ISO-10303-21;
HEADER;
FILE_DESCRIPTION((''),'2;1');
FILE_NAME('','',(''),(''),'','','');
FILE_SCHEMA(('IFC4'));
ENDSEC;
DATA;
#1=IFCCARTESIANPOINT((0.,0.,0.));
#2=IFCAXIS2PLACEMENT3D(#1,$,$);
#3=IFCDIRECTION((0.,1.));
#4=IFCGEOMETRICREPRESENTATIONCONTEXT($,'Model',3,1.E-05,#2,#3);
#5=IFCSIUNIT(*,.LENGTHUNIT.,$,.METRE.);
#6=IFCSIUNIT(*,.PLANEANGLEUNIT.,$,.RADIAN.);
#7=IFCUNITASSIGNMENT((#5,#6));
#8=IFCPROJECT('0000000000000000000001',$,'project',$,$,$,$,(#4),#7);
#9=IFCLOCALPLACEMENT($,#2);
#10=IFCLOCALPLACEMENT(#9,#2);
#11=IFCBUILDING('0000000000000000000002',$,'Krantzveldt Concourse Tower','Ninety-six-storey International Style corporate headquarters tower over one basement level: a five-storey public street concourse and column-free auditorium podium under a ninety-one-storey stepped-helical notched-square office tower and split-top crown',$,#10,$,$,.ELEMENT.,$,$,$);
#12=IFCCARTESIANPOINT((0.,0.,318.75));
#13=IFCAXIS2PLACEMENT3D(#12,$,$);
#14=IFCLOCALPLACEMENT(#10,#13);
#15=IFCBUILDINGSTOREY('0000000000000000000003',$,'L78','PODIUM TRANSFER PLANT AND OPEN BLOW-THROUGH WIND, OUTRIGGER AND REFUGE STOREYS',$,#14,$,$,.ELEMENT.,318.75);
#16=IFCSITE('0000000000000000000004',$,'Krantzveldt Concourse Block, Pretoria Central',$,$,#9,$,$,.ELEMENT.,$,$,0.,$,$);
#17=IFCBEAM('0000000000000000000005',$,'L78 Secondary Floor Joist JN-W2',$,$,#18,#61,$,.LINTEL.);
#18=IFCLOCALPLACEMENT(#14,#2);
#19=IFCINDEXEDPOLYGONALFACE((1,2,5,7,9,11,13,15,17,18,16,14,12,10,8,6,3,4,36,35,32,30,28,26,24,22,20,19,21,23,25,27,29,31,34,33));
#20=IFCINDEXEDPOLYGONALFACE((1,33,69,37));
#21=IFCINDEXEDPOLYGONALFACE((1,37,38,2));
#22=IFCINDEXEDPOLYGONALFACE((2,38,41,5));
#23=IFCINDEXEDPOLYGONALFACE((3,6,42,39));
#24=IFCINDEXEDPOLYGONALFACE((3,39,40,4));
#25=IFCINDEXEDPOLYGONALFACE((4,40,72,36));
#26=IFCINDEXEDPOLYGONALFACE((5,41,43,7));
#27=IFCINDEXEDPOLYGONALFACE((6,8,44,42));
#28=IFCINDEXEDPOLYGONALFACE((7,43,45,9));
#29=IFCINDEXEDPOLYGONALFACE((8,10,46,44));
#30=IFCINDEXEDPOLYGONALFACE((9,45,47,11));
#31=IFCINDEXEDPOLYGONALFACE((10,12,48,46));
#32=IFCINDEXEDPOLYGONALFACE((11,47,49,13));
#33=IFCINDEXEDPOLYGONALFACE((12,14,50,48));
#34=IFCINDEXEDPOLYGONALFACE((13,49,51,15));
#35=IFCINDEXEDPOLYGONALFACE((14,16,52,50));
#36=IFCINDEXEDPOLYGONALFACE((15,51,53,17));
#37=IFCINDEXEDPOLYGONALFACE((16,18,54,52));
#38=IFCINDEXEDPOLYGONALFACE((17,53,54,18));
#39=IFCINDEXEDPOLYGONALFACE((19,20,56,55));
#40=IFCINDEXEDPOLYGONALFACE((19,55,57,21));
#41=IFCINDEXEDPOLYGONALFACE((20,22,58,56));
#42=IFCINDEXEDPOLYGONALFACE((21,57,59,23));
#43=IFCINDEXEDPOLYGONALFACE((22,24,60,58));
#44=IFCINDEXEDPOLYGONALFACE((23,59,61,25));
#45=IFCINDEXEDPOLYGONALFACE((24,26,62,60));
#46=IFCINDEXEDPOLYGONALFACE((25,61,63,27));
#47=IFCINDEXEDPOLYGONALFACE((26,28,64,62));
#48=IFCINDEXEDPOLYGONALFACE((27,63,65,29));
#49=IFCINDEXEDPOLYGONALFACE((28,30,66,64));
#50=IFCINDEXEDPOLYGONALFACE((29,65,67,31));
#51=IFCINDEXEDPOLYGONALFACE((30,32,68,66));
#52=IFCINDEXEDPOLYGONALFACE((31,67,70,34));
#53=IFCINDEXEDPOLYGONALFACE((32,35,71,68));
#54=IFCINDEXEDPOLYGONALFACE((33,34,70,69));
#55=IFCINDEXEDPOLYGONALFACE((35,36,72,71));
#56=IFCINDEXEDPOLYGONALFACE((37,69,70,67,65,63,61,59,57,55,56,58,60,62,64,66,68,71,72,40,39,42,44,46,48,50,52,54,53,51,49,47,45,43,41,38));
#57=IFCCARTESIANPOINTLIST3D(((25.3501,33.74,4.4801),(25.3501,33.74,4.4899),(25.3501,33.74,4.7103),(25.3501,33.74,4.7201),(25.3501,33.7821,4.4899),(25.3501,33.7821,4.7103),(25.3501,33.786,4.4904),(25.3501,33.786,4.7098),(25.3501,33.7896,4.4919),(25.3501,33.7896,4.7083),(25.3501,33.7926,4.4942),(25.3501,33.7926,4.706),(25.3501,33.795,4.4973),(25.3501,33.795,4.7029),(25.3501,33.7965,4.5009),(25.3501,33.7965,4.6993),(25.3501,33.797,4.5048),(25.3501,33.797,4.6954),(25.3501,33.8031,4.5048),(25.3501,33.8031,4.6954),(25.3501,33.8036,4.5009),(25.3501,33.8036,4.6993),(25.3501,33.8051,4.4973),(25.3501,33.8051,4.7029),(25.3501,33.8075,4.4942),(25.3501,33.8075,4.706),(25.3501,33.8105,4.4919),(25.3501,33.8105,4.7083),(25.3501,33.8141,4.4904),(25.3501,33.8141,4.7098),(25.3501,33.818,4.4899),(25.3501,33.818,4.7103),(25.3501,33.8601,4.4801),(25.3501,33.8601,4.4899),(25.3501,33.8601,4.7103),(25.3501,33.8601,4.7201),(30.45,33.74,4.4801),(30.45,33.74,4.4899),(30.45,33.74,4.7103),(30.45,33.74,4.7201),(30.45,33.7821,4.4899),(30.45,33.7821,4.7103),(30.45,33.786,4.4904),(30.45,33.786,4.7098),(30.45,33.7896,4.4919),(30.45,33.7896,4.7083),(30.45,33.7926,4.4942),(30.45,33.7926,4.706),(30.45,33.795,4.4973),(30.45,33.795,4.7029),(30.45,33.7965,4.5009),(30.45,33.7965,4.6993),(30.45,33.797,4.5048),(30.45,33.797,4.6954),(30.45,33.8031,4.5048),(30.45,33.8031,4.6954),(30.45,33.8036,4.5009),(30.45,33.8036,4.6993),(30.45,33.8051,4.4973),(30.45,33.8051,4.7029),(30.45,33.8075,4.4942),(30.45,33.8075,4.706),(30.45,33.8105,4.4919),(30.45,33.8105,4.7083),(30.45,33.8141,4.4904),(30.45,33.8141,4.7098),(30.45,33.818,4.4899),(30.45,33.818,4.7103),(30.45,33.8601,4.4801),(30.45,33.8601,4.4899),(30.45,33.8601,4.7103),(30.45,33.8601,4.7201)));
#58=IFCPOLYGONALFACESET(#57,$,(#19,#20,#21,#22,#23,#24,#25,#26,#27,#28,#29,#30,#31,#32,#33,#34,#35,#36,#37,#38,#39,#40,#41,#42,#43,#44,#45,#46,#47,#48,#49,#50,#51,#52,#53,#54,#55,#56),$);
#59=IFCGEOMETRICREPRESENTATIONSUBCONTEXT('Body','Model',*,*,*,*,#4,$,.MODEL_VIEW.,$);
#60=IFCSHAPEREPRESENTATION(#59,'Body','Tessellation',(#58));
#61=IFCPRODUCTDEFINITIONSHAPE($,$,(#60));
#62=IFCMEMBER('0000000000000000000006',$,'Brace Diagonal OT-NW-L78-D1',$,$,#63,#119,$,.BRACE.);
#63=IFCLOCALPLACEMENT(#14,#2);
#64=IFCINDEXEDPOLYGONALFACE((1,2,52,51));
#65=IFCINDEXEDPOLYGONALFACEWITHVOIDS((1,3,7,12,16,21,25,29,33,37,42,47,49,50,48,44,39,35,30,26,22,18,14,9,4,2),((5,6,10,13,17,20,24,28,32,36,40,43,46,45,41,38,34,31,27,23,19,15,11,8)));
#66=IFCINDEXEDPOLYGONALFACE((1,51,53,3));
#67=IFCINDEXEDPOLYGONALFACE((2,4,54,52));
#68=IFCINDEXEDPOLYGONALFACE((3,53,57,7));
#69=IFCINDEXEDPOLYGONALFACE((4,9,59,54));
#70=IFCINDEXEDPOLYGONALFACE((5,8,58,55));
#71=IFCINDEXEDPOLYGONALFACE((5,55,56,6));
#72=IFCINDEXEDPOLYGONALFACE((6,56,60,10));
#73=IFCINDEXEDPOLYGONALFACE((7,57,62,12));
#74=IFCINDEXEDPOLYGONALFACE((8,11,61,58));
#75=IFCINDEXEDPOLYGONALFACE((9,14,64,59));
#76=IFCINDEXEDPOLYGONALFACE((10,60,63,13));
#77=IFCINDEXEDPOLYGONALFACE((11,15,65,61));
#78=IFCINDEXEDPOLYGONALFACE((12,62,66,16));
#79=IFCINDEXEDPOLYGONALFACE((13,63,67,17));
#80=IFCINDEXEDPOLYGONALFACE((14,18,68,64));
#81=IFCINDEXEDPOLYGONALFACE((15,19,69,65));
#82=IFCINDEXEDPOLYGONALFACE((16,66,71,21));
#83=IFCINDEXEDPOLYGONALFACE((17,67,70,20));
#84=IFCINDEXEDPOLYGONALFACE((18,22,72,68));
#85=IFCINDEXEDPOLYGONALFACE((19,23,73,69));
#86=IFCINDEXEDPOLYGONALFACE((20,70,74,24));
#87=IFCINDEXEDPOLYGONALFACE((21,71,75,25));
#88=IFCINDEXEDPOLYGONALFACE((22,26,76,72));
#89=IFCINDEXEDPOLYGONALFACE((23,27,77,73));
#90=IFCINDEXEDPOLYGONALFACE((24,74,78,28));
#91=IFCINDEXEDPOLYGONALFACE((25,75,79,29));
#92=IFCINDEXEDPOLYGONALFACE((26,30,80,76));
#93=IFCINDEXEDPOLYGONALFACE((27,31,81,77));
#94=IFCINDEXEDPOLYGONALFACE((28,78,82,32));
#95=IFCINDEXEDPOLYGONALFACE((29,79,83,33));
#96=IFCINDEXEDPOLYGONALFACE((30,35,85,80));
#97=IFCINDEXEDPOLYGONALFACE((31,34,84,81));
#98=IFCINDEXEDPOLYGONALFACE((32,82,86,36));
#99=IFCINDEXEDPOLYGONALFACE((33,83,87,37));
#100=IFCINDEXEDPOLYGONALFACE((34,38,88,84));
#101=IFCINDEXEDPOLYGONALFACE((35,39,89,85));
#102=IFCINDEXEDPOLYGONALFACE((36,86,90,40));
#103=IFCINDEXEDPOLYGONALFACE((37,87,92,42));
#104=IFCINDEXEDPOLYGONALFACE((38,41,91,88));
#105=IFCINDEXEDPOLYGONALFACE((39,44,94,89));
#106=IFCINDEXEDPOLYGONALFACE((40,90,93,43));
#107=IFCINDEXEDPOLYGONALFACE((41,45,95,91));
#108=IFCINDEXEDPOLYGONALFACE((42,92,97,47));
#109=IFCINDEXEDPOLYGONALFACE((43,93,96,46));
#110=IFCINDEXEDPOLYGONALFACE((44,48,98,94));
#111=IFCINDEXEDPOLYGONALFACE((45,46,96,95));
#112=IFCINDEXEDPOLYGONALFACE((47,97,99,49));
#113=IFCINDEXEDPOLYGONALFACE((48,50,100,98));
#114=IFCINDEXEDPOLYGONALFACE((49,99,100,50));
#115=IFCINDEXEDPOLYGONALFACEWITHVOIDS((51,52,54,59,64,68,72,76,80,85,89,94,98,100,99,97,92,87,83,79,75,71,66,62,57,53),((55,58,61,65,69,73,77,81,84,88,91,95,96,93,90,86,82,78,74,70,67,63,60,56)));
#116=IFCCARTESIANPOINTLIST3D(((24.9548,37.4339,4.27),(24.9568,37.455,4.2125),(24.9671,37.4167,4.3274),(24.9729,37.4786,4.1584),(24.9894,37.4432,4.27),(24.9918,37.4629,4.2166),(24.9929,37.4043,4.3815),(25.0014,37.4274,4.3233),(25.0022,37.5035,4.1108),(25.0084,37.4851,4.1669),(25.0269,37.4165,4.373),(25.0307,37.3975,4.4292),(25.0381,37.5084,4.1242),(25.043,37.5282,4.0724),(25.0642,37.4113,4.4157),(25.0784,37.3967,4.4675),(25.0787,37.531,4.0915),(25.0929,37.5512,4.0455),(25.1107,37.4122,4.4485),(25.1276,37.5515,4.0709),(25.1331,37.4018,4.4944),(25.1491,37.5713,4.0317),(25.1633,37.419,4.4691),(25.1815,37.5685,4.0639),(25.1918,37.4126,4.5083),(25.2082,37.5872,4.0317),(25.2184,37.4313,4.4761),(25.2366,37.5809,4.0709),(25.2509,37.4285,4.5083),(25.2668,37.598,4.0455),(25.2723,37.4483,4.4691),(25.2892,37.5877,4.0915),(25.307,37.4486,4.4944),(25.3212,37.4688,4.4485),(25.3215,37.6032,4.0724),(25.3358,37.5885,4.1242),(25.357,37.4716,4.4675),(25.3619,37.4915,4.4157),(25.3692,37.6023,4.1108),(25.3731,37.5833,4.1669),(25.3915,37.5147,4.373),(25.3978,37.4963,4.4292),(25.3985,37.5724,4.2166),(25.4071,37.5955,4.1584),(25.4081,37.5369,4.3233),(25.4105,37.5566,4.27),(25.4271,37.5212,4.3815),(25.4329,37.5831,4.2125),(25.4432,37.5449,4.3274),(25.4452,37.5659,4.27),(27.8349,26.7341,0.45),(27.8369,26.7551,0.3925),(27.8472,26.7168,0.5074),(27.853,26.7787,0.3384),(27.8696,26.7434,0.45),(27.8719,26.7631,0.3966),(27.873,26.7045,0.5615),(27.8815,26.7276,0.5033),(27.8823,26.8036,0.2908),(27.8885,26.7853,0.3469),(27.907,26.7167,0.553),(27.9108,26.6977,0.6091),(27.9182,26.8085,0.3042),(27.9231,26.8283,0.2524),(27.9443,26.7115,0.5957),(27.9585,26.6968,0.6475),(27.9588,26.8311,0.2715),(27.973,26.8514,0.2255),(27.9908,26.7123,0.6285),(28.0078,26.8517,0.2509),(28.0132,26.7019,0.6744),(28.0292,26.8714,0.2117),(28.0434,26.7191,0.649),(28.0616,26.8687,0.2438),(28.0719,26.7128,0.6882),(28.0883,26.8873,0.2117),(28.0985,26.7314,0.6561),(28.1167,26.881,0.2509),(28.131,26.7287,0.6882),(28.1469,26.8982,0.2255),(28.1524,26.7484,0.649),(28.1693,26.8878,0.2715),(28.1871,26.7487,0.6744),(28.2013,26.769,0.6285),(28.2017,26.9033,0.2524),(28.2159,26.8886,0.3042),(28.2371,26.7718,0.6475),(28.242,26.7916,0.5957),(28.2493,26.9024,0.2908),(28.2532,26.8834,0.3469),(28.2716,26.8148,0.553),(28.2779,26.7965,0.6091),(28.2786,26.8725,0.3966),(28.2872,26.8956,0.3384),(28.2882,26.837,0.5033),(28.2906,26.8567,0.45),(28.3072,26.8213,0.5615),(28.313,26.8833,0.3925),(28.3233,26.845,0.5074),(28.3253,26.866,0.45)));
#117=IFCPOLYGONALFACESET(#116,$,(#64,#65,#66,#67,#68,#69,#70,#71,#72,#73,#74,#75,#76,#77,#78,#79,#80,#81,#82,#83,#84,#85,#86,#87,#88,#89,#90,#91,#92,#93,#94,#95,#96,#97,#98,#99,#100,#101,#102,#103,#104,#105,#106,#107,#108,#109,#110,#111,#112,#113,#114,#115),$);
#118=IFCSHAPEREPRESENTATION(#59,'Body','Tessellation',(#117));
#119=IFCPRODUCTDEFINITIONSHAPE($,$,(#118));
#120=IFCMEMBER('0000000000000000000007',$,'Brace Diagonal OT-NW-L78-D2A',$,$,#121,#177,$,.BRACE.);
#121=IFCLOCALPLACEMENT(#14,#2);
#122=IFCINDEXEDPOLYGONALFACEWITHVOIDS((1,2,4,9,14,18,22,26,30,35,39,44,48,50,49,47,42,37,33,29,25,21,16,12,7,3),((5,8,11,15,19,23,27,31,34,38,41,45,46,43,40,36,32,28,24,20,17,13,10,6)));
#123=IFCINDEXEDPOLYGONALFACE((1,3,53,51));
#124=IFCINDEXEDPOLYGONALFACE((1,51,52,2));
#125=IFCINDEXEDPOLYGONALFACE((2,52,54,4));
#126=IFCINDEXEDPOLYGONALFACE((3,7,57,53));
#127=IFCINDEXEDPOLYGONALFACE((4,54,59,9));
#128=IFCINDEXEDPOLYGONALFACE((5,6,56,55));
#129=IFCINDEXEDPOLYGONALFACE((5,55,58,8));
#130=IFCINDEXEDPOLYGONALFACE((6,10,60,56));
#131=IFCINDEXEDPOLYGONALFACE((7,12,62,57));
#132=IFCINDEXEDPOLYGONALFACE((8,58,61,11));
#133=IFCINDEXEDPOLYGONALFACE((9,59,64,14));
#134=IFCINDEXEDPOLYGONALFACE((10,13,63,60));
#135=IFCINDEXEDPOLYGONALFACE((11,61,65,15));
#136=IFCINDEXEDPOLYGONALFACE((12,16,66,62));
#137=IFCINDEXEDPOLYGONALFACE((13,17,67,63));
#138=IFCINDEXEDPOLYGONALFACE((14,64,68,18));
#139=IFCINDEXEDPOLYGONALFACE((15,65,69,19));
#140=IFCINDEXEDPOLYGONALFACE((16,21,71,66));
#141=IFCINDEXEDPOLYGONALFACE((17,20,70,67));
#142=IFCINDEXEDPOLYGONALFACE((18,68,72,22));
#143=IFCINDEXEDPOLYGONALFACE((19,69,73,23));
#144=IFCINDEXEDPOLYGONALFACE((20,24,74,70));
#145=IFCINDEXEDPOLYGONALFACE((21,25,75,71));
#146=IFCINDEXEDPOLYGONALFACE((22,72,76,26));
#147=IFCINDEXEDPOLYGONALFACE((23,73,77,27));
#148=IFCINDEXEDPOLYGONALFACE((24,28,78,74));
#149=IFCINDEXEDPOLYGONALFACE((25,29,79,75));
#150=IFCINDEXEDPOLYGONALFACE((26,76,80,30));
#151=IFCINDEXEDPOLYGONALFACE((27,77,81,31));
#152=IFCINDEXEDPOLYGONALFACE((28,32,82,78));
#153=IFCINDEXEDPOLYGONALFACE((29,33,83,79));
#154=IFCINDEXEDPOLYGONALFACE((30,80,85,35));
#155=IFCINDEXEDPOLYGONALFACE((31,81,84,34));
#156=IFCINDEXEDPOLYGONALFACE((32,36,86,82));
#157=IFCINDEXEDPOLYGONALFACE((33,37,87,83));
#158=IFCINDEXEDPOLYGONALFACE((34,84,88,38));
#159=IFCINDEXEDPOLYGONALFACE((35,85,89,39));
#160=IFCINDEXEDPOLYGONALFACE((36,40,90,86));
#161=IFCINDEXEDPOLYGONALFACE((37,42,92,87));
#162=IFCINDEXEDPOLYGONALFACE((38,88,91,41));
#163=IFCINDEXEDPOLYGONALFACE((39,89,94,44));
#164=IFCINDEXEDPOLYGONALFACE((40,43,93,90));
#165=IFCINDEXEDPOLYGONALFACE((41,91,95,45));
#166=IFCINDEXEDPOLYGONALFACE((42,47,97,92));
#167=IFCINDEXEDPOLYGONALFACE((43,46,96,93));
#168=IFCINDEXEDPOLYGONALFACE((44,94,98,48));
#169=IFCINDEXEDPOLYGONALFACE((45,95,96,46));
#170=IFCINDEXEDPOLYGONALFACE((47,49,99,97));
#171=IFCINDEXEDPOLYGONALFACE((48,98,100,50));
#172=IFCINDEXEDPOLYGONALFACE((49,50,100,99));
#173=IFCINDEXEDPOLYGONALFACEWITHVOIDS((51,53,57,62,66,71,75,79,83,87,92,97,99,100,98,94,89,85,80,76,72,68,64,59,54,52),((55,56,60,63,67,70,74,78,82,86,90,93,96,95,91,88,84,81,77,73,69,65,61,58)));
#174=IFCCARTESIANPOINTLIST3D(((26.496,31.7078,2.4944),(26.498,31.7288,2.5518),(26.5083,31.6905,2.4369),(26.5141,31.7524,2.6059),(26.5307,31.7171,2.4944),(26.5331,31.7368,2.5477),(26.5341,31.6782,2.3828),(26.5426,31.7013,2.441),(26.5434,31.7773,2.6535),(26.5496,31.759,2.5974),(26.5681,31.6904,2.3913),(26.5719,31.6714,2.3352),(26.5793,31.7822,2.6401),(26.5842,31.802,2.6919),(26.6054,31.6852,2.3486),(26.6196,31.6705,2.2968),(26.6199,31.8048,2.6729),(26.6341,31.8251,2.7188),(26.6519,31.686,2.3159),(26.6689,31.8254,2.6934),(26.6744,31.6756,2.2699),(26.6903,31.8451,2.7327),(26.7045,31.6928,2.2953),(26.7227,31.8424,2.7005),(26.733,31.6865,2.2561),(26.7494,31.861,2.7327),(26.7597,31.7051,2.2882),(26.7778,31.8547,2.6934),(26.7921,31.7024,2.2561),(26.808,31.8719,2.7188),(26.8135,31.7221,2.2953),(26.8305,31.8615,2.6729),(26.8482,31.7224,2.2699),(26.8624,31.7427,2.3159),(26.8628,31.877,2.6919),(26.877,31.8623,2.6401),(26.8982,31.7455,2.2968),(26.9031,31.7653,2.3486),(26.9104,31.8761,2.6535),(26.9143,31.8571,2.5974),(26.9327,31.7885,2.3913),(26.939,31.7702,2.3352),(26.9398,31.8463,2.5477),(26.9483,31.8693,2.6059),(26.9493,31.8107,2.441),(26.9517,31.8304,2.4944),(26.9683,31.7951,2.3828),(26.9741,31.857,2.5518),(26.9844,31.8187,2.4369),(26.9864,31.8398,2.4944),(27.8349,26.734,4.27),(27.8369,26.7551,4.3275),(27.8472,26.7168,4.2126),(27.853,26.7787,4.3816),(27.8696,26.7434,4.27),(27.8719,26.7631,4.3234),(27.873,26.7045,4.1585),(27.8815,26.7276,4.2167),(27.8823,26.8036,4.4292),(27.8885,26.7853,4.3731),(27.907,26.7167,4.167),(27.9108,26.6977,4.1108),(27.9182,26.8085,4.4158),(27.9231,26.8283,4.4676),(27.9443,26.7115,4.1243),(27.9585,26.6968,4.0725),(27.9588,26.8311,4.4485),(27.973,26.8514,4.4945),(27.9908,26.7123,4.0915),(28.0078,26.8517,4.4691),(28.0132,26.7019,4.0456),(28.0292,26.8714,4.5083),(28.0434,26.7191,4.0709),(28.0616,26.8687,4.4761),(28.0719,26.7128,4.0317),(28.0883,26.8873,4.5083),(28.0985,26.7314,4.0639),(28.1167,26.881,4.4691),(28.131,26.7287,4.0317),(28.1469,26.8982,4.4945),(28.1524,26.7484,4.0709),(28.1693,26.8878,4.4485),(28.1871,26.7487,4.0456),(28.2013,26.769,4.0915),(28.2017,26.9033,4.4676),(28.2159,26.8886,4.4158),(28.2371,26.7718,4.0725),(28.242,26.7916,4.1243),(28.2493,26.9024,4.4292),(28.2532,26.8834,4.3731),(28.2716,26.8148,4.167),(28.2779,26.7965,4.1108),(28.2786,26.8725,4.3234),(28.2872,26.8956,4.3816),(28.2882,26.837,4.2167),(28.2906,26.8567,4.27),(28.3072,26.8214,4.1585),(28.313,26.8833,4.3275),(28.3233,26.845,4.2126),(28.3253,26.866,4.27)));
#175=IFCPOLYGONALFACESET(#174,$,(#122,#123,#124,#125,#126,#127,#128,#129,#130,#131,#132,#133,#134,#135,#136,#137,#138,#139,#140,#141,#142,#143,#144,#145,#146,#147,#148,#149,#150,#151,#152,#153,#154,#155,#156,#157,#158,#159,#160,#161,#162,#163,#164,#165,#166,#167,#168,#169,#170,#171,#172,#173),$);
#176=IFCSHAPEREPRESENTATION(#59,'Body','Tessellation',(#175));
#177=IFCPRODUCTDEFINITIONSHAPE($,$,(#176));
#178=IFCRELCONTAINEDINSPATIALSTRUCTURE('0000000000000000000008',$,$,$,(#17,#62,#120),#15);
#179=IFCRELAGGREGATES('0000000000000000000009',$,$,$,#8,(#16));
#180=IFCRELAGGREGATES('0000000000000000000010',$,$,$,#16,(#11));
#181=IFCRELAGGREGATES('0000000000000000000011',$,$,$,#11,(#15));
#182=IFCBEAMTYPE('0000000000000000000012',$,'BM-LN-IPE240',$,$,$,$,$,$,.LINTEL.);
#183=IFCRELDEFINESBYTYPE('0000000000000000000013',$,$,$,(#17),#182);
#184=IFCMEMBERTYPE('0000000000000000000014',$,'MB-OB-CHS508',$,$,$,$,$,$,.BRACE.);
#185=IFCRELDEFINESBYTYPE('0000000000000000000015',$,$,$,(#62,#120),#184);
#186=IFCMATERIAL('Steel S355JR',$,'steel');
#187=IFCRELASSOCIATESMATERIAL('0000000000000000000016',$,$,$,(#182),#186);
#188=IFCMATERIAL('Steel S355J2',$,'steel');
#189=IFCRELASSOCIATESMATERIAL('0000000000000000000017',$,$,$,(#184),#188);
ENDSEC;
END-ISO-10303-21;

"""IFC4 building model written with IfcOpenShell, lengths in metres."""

from ifc_helpers import new_model, si_unit, direction, frame, origin, origin_2d, place, context, subcontext, project, spatial, hollow_circle, i_section, extrude, source, transform, mapped, material, material_profile, profile_set, type_object, type_shapes, element, save


model = new_model("IFC4")

# Units and contexts
model_context = context("Model", 3, precision=1e-05, world=origin(), true_north=direction((0.0, 1.0)))
body_context = subcontext(model_context, "Body", "Model", "MODEL_VIEW")
ifc_project = project(units=[si_unit("LENGTHUNIT", "METRE"), si_unit("PLANEANGLEUNIT", "RADIAN")], contexts=[model_context])

# Site, building, storey
site_placement = place(None, origin())
site = spatial("IfcSite", under=ifc_project, at=site_placement, Name="Krantzveldt Concourse Block, Pretoria Central", CompositionType="ELEMENT", RefElevation=0.0)
building_placement = place(site_placement, origin())
building = spatial("IfcBuilding", under=site, at=building_placement, Name="Krantzveldt Concourse Tower", Description="Ninety-six-storey International Style corporate headquarters tower over one basement level: a five-storey public street concourse and column-free auditorium podium under a ninety-one-storey stepped-helical notched-square office tower and split-top crown", CompositionType="ELEMENT")
storey_placement = place(building_placement, frame((0.0, 0.0, 318.75)))
storey = spatial("IfcBuildingStorey", under=building, at=storey_placement, Name="L78", Description="PODIUM TRANSFER PLANT AND OPEN BLOW-THROUGH WIND, OUTRIGGER AND REFUGE STOREYS", CompositionType="ELEMENT", Elevation=318.75)

# Shared definitions
ifc_material_1 = material(Name="Steel S355J2", Category="steel")

# Beam
ifc_material_2 = material(Name="Steel S355JR", Category="steel")
ifc_material_profile_1 = material_profile(ifc_material_2, i_section(OverallWidth=0.1201, OverallDepth=0.24, WebThickness=0.0061, FlangeThickness=0.0098, FilletRadius=0.0149, at=origin_2d()), Name="Steel S355JR", Category="steel")
ifc_profile_set_1 = profile_set([ifc_material_profile_1], Name="Steel S355JR - IPE 240")
beam_type_1 = type_object("IfcBeamType", Name="BM-LN-IPE240", PredefinedType="LINTEL", material=ifc_profile_set_1)
shared_shape_1 = source(origin(), body_context, "Body", "SweptSolid", [
    extrude(i_section(OverallWidth=0.1201, OverallDepth=0.24, WebThickness=0.0061, FlangeThickness=0.0098, FilletRadius=0.0149, at=origin_2d()), origin(), (0.0, 0.0, 1.0), 5.0999),
])
beam_1_placement = place(storey_placement, frame((25.3501, 33.8, 4.6001), z_axis=(1.0, 0.0, 0.0), x_axis=(0.0, 1.0, 0.0)))
element("IfcBeam", 1, at=beam_1_placement, inside=storey, type_object=beam_type_1, Name="L78 Secondary Floor Joist JN-W2", PredefinedType="LINTEL", context=body_context, shape_type="MappedRepresentation", body=[
    mapped(shared_shape_1, transform((0.0, 0.0, 0.0), x_axis=(1.0, 0.0, 0.0), y_axis=(0.0, 1.0, 0.0), z_axis=(0.0, 0.0, 1.0), scale=1.0)),
])

# Members
ifc_material_profile_2 = material_profile(ifc_material_1, hollow_circle(Radius=0.2539, WallThickness=0.0359, at=origin_2d()), Name="Steel S355J2", Category="steel")
ifc_profile_set_2 = profile_set([ifc_material_profile_2], Name="Steel S355J2 - CHS 508x36")
member_type_1 = type_object("IfcMemberType", Name="MB-OB-CHS508", PredefinedType="BRACE", material=ifc_profile_set_2)
shared_shape_2 = source(origin(), body_context, "Body", "SweptSolid", [
    extrude(hollow_circle(Radius=0.2539, WallThickness=0.0359, at=origin_2d()), origin(), (0.0, 0.0, 1.0), 11.7207),
])
member_1_placement = place(storey_placement, frame((28.0801, 26.8, 0.45), z_axis=(-0.245728, 0.912903, 0.325922), x_axis=(-0.96563, -0.259921, 0.0)))
element("IfcMember", 2, at=member_1_placement, inside=storey, type_object=member_type_1, Name="Brace Diagonal OT-NW-L78-D1", PredefinedType="BRACE", context=body_context, shape_type="MappedRepresentation", body=[
    mapped(shared_shape_2, transform((0.0, 0.0, 0.0), x_axis=(1.0, 0.0, 0.0), y_axis=(0.0, 1.0, 0.0), z_axis=(0.0, 0.0, 1.0), scale=1.0)),
])
shared_shape_3 = source(origin(), body_context, "Body", "SweptSolid", [
    extrude(hollow_circle(Radius=0.2539, WallThickness=0.0359, at=origin_2d()), origin(), (0.0, 0.0, 1.0), 5.4482),
])
type_shapes(member_type_1, [shared_shape_2, shared_shape_3])
for number, where, z_axis, x_axis, name in (
    (3, (28.0801, 26.8, 4.27), (-0.245747, 0.912901, -0.325914), (-0.965625, -0.259939, 0.0), "Brace Diagonal OT-NW-L78-D2A"),
):
    element("IfcMember", number, at=place(storey_placement, frame(where, z_axis=z_axis, x_axis=x_axis)), inside=storey, type_object=member_type_1, Name=name, PredefinedType="BRACE", context=body_context, shape_type="MappedRepresentation", body=[
        mapped(shared_shape_3, transform((0.0, 0.0, 0.0), x_axis=(1.0, 0.0, 0.0), y_axis=(0.0, 1.0, 0.0), z_axis=(0.0, 0.0, 1.0), scale=1.0)),
    ])

save(model, "model.ifc")
